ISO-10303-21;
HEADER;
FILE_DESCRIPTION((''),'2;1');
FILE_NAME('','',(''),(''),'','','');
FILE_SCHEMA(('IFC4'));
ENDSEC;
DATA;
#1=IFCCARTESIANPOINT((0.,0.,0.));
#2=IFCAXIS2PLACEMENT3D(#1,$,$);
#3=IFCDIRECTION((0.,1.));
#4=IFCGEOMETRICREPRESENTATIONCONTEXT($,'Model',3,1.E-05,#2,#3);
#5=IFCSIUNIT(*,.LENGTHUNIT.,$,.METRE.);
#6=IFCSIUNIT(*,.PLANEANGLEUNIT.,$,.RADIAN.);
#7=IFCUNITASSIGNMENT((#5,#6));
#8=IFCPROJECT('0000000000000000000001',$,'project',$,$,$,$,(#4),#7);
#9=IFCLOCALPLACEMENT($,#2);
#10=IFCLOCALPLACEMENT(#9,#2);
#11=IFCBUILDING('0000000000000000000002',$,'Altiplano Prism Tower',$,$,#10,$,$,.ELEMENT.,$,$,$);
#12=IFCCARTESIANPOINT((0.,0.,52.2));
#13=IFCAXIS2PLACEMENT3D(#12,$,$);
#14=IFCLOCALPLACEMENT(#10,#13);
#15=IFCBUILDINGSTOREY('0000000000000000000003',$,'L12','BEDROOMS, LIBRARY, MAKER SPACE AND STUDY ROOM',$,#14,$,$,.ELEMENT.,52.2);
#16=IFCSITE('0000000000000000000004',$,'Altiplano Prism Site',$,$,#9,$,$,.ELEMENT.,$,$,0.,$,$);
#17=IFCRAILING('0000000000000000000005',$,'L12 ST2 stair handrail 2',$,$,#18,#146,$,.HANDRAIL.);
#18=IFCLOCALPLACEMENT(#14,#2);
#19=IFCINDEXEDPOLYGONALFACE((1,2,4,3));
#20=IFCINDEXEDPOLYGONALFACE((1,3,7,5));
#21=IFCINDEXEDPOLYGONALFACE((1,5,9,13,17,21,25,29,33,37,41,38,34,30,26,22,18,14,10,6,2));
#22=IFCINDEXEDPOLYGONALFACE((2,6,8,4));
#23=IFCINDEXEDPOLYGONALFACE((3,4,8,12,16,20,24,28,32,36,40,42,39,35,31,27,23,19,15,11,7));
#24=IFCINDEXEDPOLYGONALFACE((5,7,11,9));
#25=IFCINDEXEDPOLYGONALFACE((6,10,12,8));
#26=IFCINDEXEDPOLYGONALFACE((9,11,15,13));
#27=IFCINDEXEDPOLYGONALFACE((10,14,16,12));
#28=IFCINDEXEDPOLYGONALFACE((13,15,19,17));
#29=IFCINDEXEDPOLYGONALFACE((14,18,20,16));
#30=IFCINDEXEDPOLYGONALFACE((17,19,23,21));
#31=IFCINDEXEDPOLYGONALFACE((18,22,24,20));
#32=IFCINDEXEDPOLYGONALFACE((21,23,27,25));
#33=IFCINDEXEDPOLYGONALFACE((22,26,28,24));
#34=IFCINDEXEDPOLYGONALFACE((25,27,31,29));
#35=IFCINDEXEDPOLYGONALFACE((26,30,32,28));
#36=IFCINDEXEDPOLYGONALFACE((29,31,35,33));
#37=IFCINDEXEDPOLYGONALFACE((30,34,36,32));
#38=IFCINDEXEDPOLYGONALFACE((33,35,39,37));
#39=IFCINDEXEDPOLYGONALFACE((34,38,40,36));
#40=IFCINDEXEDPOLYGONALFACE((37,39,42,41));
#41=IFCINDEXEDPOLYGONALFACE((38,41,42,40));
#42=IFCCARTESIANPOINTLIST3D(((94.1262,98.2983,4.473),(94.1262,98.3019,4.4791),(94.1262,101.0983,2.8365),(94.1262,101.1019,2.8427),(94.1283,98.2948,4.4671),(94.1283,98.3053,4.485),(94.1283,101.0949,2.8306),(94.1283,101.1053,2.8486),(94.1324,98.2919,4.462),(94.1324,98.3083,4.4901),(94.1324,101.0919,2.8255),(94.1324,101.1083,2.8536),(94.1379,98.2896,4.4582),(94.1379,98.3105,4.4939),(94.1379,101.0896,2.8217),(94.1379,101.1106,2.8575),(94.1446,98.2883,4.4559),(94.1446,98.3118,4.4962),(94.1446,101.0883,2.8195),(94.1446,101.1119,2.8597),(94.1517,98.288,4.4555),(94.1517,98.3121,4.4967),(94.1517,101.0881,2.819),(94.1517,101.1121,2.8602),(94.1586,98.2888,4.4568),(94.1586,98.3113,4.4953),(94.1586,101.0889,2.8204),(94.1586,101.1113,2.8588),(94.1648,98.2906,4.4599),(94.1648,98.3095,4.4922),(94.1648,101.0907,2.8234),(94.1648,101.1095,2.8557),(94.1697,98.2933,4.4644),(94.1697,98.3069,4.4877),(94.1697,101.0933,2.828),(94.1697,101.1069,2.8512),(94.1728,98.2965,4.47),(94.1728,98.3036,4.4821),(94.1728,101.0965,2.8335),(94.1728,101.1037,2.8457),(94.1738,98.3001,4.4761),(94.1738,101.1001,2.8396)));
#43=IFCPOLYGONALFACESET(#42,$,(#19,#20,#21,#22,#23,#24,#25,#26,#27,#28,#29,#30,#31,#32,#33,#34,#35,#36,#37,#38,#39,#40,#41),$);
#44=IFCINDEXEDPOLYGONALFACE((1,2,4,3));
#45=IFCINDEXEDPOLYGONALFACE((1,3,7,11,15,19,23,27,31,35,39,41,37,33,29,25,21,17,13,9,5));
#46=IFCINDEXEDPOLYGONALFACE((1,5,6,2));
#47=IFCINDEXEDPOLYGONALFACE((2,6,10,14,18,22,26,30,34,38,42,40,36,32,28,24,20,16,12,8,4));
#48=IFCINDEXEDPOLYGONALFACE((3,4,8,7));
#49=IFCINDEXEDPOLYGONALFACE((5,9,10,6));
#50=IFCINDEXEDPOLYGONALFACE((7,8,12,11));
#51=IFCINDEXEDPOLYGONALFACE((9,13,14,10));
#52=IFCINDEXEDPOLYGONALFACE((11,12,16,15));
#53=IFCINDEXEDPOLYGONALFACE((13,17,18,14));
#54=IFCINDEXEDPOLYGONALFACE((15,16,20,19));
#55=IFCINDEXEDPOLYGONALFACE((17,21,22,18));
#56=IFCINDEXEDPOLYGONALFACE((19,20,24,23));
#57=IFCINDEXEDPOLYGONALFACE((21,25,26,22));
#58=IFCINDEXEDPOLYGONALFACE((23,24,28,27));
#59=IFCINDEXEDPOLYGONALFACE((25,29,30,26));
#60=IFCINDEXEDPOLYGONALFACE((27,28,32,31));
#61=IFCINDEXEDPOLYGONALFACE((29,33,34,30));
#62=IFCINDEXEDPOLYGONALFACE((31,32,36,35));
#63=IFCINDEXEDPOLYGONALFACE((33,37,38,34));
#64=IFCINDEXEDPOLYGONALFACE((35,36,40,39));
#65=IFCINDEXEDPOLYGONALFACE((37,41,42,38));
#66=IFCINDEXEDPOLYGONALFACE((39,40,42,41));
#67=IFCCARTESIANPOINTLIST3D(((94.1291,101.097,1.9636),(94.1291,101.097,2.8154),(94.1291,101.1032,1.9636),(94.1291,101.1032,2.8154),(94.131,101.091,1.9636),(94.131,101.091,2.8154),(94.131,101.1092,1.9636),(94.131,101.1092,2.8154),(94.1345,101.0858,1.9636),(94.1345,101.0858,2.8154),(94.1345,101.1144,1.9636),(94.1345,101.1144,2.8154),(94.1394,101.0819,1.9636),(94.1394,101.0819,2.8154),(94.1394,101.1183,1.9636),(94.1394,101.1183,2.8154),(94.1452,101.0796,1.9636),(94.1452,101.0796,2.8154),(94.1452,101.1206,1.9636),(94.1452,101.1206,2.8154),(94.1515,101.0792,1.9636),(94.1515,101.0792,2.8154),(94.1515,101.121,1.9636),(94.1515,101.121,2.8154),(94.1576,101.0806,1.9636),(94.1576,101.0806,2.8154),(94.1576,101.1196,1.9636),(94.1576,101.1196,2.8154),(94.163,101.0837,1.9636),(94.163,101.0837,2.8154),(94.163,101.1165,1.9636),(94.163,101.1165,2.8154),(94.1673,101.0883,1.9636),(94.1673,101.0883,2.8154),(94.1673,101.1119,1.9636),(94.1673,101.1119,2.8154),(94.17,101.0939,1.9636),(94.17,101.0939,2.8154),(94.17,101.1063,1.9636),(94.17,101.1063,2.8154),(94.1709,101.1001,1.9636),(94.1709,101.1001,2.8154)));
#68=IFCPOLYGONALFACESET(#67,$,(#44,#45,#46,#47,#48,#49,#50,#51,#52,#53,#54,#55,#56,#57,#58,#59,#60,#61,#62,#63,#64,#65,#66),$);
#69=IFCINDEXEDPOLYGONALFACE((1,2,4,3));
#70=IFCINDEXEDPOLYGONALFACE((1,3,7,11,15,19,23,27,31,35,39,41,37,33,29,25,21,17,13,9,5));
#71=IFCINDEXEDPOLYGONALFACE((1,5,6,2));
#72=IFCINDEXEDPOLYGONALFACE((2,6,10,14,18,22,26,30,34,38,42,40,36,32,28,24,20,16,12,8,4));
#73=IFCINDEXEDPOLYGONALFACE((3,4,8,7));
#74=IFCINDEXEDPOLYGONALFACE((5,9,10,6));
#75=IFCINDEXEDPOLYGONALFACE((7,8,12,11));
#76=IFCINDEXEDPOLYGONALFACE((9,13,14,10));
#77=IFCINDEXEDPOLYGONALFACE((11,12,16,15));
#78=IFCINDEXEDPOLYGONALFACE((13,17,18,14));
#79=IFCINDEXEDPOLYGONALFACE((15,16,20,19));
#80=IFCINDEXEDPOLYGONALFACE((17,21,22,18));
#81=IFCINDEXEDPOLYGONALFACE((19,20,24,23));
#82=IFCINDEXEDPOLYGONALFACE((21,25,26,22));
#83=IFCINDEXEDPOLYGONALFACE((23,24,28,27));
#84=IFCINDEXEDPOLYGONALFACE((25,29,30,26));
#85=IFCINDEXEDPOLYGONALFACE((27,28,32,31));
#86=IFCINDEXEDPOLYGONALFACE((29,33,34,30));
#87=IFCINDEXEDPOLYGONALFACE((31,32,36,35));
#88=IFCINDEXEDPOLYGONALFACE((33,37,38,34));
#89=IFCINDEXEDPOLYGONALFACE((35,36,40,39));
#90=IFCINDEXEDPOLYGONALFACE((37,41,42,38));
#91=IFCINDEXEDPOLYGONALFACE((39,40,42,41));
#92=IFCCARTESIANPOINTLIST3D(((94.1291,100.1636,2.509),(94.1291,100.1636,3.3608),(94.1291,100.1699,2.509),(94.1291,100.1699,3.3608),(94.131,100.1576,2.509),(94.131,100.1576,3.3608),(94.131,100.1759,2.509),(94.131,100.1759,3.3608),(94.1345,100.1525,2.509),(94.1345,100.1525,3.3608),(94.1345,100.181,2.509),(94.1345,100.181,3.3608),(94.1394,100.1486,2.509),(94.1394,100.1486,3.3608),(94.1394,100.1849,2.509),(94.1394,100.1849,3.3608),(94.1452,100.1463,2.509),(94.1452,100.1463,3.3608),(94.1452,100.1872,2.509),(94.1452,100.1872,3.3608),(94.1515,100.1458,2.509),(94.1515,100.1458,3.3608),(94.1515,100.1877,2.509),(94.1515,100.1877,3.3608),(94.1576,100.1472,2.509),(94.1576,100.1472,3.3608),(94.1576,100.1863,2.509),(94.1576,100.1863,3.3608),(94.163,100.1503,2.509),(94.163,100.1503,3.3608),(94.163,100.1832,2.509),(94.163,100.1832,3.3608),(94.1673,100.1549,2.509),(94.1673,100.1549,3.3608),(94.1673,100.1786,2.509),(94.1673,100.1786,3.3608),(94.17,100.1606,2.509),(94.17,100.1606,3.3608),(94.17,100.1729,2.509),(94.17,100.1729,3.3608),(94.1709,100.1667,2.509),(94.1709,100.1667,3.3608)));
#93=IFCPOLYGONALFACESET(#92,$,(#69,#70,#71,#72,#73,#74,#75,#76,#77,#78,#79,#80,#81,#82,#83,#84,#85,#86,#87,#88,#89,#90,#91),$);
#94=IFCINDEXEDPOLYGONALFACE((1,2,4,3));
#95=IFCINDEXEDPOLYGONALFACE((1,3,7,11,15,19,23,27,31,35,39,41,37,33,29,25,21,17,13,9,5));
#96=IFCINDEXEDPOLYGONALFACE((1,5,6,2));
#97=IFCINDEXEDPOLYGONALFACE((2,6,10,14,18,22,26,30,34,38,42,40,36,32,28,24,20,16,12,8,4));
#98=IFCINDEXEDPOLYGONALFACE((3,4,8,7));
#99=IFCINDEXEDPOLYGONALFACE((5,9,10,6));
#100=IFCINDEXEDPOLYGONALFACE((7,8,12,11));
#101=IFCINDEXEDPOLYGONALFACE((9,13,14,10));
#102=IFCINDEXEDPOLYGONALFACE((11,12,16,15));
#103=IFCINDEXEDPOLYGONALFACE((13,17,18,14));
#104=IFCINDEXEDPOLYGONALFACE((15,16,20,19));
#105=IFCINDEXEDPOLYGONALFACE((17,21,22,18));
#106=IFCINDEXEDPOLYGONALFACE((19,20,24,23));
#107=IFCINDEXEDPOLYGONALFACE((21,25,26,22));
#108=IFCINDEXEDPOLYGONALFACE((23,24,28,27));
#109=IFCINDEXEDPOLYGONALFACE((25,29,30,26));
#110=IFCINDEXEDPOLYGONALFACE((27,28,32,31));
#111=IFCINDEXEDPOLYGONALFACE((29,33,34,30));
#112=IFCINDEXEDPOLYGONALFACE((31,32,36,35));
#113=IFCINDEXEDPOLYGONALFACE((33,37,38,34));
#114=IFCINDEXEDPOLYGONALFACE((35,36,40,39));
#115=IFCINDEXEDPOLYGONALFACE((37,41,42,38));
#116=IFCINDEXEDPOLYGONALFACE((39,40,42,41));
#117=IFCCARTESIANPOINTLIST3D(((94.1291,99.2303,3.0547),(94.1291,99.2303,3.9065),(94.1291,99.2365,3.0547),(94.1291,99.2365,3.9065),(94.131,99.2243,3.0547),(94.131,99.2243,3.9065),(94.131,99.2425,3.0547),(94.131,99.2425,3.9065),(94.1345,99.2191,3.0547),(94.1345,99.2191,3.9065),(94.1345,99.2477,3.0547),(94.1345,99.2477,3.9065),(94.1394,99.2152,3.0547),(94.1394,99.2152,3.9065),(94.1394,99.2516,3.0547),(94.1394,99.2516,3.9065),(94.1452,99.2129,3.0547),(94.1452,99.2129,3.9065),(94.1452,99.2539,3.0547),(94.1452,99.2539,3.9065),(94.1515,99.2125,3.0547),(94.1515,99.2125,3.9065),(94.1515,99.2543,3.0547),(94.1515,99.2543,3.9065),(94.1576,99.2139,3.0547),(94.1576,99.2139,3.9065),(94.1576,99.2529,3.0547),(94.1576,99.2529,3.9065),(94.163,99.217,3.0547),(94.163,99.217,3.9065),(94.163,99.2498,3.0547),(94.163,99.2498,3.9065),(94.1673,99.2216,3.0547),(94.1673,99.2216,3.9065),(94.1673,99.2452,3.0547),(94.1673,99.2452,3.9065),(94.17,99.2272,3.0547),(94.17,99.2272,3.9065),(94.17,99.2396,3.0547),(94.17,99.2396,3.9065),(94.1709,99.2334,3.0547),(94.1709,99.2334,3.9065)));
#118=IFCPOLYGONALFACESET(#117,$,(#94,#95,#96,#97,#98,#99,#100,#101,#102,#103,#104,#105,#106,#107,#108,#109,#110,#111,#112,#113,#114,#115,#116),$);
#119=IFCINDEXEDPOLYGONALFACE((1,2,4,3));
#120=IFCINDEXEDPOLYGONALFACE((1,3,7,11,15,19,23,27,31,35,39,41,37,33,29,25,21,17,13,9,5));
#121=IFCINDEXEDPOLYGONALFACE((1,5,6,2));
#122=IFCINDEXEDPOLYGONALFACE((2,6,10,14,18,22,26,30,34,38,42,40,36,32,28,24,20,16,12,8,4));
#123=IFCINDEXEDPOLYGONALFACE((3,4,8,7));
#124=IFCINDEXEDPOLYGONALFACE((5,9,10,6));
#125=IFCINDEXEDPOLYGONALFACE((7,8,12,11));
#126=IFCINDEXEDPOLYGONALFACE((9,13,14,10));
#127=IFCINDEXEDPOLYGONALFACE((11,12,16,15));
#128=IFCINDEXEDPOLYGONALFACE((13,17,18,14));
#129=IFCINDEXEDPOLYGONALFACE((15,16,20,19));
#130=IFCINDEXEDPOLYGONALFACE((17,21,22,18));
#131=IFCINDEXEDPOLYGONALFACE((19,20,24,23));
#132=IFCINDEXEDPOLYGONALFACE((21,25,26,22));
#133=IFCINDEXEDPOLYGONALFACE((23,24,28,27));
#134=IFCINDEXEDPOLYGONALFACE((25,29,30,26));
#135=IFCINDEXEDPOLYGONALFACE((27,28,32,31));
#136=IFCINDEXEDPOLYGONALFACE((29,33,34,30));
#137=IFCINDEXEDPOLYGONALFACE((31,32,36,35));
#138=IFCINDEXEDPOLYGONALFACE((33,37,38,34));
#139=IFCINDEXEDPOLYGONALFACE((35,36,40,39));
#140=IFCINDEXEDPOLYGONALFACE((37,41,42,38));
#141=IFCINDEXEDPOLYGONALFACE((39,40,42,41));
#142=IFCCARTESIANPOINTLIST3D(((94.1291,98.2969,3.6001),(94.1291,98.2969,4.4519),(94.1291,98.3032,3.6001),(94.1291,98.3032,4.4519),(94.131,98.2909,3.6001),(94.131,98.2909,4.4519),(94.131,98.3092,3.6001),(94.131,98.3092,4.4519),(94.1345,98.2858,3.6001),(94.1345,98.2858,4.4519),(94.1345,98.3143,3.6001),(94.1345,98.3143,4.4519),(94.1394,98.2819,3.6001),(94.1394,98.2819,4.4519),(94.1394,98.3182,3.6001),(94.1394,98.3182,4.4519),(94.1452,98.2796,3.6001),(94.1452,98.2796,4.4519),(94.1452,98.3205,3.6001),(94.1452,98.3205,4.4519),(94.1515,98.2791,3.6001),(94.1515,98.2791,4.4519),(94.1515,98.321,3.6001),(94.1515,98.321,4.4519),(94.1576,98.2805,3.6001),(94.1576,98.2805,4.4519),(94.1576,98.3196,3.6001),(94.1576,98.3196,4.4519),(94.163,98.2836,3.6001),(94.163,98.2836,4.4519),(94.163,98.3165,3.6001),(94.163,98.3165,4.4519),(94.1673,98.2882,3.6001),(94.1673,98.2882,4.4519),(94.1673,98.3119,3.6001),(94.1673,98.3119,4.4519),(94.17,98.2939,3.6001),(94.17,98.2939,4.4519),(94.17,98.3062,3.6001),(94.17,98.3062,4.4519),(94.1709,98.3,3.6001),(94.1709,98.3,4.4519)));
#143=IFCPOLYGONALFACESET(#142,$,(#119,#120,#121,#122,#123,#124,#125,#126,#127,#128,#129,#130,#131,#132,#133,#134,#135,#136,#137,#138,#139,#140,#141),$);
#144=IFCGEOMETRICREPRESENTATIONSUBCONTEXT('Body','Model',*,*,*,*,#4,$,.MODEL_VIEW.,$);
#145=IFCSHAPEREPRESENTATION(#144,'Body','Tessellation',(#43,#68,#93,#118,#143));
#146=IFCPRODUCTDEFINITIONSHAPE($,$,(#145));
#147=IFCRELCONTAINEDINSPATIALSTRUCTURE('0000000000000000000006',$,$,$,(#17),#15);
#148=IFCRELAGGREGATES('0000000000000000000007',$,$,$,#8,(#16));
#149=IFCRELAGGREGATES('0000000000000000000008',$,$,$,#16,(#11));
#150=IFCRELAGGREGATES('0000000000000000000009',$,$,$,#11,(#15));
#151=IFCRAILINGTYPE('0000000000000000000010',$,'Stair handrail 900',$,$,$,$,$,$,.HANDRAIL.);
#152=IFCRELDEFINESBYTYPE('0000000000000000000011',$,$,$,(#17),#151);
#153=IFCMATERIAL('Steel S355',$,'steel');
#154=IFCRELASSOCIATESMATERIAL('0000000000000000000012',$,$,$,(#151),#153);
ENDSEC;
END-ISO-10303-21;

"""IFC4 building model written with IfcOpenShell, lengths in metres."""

from ifc_helpers import new_model, si_unit, direction, frame, origin, origin_2d, place, context, subcontext, project, spatial, circle, extrude, material, type_object, element, save


model = new_model("IFC4")

# Units and contexts
model_context = context("Model", 3, precision=1e-05, world=origin(), true_north=direction((0.0, 1.0)))
body_context = subcontext(model_context, "Body", "Model", "MODEL_VIEW")
ifc_project = project(units=[si_unit("LENGTHUNIT", "METRE"), si_unit("PLANEANGLEUNIT", "RADIAN")], contexts=[model_context])

# Site, building, storey
site_placement = place(None, origin())
site = spatial("IfcSite", under=ifc_project, at=site_placement, Name="Altiplano Prism Site", CompositionType="ELEMENT", RefElevation=0.0)
building_placement = place(site_placement, origin())
building = spatial("IfcBuilding", under=site, at=building_placement, Name="Altiplano Prism Tower", CompositionType="ELEMENT")
storey_placement = place(building_placement, frame((0.0, 0.0, 52.2)))
storey = spatial("IfcBuildingStorey", under=building, at=storey_placement, Name="L12", Description="BEDROOMS, LIBRARY, MAKER SPACE AND STUDY ROOM", CompositionType="ELEMENT", Elevation=52.2)

# Railing
ifc_material_1 = material(Name="Steel S355", Category="steel")
railing_type_1 = type_object("IfcRailingType", Name="Stair handrail 900", PredefinedType="HANDRAIL", material=ifc_material_1)
railing_1_placement = place(storey_placement, frame((94.1499, 101.1001, 1.9636)))
element("IfcRailing", 1, at=railing_1_placement, inside=storey, type_object=railing_type_1, Name="L12 ST2 stair handrail 2", PredefinedType="HANDRAIL", context=body_context, shape_type="SweptSolid", body=[
    extrude(circle(Radius=0.0239, at=origin_2d()), frame((0.0, 0.0, 0.876), z_axis=(0.0, -0.863361, 0.504587), x_axis=(1.0, 0.0, 0.0)), (0.0, 0.0, 1.0), 3.2432),
    extrude(circle(Radius=0.021, at=origin_2d()), origin(), (0.0, 0.0, 1.0), 0.8518),
    extrude(circle(Radius=0.021, at=origin_2d()), frame((0.0, -0.9333, 0.5454)), (0.0, 0.0, 1.0), 0.8518),
    extrude(circle(Radius=0.021, at=origin_2d()), frame((0.0, -1.8667, 1.0911)), (0.0, 0.0, 1.0), 0.8518),
    extrude(circle(Radius=0.021, at=origin_2d()), frame((0.0, -2.8, 1.6365)), (0.0, 0.0, 1.0), 0.8518),
])

save(model, "model.ifc")
